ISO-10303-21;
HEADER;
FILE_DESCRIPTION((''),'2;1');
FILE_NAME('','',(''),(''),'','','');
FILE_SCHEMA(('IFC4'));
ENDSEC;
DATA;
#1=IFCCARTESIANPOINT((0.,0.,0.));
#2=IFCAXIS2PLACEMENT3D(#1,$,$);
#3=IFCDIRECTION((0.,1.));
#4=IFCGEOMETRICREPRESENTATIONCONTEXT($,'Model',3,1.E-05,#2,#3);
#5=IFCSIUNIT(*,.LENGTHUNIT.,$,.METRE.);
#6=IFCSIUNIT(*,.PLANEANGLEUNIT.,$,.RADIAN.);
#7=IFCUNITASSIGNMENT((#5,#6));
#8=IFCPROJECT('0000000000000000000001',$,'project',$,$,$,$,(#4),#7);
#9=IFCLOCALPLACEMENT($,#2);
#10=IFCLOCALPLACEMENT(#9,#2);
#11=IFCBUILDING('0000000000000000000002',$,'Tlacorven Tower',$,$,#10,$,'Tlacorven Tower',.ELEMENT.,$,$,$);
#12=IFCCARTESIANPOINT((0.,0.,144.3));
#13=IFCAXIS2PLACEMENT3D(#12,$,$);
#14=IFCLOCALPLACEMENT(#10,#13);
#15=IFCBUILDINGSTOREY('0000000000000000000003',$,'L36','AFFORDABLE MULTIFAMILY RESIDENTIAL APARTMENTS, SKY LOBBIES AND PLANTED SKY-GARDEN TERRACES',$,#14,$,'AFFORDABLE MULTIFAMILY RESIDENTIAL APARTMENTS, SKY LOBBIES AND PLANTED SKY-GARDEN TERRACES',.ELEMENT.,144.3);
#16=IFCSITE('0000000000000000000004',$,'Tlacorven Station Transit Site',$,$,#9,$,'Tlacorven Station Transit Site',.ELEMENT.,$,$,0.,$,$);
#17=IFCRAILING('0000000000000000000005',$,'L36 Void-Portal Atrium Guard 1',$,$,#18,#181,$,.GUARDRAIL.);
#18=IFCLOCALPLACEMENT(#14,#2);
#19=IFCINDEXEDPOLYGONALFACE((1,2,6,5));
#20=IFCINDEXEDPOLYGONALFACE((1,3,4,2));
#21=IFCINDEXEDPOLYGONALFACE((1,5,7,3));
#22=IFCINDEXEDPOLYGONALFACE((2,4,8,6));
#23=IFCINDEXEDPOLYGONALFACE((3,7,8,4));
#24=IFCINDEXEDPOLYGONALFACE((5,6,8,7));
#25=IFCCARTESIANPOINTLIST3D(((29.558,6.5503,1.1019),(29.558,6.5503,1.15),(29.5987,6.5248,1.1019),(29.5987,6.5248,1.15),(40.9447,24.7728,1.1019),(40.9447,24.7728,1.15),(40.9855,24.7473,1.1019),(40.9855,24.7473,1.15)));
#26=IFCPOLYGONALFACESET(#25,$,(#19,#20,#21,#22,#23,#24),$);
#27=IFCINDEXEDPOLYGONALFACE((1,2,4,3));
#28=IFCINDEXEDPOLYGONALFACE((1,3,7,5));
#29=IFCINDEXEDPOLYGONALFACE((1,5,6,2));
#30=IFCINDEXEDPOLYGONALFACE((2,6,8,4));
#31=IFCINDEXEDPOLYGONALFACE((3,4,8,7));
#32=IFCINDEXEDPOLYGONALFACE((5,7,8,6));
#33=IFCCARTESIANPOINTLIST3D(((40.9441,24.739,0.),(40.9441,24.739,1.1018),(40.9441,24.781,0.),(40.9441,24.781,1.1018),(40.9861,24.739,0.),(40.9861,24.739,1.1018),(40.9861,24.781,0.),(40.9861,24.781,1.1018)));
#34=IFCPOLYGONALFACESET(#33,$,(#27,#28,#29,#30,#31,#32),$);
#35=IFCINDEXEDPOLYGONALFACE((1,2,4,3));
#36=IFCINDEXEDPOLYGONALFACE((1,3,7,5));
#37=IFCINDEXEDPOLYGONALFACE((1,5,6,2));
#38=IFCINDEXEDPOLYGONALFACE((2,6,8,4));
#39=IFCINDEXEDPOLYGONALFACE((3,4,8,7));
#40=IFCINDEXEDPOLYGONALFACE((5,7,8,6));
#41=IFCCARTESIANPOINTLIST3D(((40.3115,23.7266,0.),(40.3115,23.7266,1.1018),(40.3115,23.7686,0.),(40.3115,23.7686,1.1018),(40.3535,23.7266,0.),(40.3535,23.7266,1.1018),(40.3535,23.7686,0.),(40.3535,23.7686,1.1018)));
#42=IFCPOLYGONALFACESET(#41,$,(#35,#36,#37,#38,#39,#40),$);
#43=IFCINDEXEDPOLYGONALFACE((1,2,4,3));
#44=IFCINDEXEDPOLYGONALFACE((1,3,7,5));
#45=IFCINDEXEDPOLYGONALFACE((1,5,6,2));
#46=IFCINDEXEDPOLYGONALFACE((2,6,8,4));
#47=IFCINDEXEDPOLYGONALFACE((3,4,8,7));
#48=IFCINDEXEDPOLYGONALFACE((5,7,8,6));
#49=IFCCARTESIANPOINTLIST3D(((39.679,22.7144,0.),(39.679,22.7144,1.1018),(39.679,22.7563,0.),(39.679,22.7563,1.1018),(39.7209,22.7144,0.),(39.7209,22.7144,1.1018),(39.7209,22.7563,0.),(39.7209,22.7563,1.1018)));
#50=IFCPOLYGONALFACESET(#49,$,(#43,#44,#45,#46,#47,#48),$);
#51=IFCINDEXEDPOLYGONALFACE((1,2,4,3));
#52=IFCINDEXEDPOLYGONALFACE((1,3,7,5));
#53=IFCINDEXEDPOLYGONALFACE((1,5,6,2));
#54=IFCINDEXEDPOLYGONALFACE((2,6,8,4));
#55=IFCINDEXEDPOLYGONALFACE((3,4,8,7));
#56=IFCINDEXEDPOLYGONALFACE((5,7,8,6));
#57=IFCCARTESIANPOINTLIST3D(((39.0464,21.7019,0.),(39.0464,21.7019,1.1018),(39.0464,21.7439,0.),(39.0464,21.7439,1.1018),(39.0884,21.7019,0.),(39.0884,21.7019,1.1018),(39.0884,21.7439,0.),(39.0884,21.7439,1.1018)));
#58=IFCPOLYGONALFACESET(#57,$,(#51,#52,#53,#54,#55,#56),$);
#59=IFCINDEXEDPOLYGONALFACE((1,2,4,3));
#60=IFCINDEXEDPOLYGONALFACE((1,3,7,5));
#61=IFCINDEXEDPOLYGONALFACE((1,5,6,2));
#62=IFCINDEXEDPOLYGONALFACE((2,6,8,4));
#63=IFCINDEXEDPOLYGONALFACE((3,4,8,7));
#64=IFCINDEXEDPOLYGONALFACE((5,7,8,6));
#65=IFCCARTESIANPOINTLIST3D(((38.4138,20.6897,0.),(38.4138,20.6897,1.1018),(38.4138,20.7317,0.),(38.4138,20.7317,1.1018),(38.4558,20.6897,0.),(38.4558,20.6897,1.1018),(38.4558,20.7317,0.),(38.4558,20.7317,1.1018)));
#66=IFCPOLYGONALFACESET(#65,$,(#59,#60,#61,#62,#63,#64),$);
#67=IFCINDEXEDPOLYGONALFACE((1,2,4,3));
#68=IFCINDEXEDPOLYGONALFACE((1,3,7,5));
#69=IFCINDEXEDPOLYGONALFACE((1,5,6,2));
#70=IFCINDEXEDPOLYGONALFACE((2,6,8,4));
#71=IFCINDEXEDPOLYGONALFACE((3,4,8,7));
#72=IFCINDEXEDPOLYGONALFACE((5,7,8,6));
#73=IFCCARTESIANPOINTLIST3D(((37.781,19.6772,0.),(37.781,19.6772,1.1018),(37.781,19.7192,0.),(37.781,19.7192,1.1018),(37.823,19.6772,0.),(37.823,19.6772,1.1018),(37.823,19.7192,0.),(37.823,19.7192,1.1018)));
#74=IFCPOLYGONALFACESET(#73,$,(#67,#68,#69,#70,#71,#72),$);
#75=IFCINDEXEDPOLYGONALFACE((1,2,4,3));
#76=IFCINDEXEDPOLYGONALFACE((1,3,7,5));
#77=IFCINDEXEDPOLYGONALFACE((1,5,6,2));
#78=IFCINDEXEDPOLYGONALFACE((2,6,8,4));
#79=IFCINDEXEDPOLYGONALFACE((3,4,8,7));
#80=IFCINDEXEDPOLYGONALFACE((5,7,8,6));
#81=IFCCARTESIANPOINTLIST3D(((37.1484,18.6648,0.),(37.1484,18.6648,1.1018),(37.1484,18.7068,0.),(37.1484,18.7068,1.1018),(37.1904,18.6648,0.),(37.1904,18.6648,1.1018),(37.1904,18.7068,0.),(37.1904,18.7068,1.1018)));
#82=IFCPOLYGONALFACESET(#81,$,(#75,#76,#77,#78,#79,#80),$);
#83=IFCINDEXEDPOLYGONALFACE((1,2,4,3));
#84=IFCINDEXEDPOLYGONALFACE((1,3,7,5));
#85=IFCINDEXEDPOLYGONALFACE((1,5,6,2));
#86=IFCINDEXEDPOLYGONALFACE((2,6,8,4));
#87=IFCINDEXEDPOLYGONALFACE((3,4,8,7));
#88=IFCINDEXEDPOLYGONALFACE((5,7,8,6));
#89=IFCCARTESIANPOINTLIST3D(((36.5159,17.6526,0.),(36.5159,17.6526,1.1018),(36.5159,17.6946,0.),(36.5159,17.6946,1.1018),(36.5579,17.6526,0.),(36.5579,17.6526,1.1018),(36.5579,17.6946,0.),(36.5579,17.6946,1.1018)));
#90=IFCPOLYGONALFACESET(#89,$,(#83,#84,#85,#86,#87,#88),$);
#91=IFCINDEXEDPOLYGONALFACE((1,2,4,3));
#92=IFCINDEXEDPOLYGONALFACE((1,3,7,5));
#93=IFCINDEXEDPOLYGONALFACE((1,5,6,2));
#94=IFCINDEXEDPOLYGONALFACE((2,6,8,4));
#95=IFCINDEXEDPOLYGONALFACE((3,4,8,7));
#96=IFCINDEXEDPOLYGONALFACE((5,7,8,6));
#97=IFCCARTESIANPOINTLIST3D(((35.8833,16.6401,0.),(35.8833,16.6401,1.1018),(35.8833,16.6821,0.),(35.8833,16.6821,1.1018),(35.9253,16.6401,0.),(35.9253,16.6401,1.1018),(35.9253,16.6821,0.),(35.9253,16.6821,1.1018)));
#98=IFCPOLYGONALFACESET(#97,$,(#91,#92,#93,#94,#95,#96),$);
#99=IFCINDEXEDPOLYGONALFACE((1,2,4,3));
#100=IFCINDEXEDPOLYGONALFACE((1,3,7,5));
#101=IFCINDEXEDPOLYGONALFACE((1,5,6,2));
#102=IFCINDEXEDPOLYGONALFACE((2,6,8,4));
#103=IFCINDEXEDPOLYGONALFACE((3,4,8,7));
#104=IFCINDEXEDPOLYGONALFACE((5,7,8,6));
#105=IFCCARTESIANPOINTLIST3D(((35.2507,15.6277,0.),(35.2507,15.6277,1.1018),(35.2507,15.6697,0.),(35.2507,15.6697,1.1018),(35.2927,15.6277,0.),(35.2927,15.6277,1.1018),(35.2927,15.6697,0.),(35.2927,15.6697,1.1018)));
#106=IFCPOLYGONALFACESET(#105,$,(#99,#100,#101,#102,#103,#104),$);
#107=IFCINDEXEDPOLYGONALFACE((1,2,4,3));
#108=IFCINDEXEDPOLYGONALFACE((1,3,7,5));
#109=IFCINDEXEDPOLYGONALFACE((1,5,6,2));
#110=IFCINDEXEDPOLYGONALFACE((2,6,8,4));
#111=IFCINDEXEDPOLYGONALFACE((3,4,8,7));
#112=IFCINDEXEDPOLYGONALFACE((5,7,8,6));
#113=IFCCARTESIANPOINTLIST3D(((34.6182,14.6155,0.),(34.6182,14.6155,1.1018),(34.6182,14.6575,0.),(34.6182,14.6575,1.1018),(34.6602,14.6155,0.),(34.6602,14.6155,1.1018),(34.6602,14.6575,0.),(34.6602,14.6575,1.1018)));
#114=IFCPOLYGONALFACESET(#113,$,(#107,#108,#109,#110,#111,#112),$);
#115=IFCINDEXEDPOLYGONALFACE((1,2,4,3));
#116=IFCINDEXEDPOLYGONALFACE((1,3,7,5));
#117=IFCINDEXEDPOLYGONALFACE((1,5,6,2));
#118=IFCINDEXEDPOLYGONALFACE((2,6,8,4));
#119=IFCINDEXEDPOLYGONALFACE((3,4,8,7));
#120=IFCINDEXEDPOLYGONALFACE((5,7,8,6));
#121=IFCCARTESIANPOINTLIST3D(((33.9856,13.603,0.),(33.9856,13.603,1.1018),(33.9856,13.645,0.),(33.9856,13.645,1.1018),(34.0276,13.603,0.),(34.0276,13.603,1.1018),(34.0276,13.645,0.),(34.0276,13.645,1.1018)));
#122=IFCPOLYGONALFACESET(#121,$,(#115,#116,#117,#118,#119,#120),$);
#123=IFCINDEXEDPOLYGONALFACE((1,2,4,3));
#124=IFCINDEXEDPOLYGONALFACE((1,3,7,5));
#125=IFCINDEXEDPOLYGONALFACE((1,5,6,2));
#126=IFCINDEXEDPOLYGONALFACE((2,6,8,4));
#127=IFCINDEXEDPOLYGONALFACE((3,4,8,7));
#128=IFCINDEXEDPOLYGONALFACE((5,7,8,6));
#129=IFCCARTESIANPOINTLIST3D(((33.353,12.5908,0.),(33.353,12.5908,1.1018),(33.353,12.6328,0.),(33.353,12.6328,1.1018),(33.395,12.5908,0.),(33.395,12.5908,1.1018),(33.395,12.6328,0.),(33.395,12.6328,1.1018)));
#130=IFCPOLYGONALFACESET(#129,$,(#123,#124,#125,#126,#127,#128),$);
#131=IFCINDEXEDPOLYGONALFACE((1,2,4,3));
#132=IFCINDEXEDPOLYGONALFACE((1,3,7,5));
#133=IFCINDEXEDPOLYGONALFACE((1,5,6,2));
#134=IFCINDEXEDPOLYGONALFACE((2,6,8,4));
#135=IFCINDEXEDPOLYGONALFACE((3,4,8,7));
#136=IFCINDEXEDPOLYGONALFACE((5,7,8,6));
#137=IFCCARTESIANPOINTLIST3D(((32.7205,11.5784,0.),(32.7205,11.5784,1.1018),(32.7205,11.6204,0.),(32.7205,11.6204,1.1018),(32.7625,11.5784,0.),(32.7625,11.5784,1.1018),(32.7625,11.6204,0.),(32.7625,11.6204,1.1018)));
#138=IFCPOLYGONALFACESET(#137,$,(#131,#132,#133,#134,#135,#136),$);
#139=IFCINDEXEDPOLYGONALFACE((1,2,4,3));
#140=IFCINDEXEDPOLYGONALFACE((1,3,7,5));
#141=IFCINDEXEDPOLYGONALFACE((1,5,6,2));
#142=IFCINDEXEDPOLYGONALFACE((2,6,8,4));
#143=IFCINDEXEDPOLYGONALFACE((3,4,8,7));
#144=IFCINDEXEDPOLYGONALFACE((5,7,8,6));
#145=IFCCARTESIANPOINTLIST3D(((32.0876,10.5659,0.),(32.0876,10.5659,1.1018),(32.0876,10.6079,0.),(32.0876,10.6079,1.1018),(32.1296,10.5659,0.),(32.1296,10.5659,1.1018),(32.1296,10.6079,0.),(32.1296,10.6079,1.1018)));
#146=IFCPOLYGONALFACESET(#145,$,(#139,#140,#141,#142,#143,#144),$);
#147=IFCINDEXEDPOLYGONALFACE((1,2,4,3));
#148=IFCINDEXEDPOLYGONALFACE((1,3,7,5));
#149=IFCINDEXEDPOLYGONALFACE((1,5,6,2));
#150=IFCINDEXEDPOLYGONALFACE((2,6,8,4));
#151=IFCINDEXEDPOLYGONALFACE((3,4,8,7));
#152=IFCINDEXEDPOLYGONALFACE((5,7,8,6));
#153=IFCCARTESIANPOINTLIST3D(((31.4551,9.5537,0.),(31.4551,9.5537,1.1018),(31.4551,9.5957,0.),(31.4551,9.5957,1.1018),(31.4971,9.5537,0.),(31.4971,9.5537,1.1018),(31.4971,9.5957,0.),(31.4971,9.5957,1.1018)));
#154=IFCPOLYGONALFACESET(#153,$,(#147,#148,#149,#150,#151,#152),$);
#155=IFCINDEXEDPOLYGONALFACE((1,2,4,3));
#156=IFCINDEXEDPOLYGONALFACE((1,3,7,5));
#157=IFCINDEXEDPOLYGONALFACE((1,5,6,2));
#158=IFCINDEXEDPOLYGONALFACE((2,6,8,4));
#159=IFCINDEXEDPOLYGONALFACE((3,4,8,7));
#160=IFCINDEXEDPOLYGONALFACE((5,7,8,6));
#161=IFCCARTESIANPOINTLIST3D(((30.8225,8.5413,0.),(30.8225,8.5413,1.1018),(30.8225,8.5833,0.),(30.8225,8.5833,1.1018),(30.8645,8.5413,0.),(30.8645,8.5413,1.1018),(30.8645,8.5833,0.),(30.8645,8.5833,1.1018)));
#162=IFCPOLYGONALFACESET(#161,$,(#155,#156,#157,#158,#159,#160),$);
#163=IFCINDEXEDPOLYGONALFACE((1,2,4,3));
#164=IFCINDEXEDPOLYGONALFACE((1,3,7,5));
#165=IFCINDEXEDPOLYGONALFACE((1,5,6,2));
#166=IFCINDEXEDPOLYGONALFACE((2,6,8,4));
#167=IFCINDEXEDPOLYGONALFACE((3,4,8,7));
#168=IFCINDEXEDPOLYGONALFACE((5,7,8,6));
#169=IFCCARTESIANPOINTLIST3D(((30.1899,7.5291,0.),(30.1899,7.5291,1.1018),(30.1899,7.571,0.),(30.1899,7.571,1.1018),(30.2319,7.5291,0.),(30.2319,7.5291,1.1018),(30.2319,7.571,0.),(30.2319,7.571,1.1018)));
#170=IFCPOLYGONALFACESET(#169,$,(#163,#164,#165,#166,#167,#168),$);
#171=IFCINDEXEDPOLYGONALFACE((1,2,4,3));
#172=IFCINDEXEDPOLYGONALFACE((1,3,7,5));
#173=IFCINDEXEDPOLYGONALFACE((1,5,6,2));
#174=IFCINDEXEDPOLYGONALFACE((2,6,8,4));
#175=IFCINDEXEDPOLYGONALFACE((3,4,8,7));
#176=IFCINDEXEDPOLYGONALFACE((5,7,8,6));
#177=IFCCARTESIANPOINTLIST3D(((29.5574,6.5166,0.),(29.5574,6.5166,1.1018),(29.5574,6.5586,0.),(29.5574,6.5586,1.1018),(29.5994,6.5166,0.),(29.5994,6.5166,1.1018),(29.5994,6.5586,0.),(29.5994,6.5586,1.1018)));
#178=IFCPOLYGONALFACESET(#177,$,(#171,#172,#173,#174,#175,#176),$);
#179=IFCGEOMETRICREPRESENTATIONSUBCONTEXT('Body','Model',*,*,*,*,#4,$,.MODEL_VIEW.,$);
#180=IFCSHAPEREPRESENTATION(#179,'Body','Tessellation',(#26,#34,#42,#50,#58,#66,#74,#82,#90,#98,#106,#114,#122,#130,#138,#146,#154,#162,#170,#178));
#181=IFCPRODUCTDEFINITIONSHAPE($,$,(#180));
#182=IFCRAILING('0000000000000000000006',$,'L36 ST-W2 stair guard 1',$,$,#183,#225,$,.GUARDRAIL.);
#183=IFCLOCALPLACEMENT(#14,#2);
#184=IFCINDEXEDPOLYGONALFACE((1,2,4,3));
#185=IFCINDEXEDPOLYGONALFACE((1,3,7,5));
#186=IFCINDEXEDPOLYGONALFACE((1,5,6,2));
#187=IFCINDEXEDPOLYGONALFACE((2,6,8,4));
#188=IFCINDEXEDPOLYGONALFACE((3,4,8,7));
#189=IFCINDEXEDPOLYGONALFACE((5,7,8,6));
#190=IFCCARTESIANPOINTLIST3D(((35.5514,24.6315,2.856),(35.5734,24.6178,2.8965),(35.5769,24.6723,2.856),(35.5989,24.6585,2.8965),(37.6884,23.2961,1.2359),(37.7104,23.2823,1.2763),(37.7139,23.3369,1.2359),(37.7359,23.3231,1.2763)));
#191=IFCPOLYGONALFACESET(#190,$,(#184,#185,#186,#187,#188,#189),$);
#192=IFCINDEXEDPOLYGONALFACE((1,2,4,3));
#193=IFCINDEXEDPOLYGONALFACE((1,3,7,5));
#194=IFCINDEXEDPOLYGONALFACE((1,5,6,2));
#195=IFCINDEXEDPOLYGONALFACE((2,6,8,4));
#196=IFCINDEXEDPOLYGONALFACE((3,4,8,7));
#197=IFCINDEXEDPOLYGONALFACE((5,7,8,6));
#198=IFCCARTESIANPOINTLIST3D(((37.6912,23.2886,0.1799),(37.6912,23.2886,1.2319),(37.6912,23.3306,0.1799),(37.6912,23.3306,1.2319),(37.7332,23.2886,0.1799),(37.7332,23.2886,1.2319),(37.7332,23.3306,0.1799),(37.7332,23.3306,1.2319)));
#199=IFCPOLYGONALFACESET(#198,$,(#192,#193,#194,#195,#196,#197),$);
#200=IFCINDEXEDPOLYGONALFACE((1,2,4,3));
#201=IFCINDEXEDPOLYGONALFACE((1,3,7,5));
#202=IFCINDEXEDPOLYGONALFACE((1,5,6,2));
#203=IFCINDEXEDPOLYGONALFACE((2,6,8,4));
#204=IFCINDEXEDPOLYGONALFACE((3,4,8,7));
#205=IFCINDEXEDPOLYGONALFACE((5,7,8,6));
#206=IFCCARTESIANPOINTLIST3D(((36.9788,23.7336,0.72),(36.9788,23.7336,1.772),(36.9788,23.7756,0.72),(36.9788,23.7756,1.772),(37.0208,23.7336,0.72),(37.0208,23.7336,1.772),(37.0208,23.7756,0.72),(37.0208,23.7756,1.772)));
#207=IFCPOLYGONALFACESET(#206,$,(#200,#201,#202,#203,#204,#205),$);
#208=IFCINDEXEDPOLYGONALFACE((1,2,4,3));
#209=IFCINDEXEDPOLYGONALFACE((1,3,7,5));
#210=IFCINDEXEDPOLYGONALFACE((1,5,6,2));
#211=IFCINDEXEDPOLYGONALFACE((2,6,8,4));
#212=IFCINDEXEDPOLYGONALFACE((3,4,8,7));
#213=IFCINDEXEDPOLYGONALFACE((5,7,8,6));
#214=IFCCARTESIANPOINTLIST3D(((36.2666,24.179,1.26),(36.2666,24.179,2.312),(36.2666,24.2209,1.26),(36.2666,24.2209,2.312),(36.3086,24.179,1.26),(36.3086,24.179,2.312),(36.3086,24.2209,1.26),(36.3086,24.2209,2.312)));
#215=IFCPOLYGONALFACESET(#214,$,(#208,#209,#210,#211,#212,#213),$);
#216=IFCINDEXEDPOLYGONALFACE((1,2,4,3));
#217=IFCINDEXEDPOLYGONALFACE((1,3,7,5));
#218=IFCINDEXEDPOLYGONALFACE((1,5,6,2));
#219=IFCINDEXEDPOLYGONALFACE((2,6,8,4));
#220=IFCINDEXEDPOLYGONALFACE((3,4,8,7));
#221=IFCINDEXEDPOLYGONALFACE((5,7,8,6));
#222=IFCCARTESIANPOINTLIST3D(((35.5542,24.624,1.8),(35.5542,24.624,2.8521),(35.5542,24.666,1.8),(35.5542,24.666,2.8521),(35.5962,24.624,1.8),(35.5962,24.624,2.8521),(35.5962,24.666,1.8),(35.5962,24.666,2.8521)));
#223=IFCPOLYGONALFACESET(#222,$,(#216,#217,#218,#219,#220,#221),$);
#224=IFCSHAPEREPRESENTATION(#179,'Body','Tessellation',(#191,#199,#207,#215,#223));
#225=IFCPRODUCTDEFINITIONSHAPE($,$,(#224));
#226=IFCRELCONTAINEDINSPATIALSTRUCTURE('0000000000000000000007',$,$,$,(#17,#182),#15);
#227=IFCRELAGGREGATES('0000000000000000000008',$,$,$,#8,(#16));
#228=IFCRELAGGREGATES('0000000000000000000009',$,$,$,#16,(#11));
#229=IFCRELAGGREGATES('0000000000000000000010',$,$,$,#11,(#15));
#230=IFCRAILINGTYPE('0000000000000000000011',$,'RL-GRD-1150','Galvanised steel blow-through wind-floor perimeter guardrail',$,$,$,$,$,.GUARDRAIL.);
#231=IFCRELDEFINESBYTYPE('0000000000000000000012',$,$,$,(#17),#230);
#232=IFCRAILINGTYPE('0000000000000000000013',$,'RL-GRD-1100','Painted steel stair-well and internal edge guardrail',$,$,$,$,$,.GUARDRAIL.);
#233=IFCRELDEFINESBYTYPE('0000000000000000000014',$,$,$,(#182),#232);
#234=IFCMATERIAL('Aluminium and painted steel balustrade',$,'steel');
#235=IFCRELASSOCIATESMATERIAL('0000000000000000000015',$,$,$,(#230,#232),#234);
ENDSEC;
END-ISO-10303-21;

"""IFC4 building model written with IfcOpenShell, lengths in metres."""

from ifc_helpers import new_model, si_unit, direction, frame, origin, origin_2d, place, context, subcontext, project, spatial, rectangle, extrude, source, transform, mapped, material, type_object, element, save


model = new_model("IFC4")

# Units and contexts
model_context = context("Model", 3, precision=1e-05, world=origin(), true_north=direction((0.0, 1.0)))
body_context = subcontext(model_context, "Body", "Model", "MODEL_VIEW")
ifc_project = project(units=[si_unit("LENGTHUNIT", "METRE"), si_unit("PLANEANGLEUNIT", "RADIAN")], contexts=[model_context])

# Site, building, storey
site_placement = place(None, origin())
site = spatial("IfcSite", under=ifc_project, at=site_placement, Name="Tlacorven Station Transit Site", LongName="Tlacorven Station Transit Site", CompositionType="ELEMENT", RefElevation=0.0)
building_placement = place(site_placement, origin())
building = spatial("IfcBuilding", under=site, at=building_placement, Name="Tlacorven Tower", LongName="Tlacorven Tower", CompositionType="ELEMENT")
storey_placement = place(building_placement, frame((0.0, 0.0, 144.3)))
storey = spatial("IfcBuildingStorey", under=building, at=storey_placement, Name="L36", Description="AFFORDABLE MULTIFAMILY RESIDENTIAL APARTMENTS, SKY LOBBIES AND PLANTED SKY-GARDEN TERRACES", LongName="AFFORDABLE MULTIFAMILY RESIDENTIAL APARTMENTS, SKY LOBBIES AND PLANTED SKY-GARDEN TERRACES", CompositionType="ELEMENT", Elevation=144.3)

# Railings
ifc_material_1 = material(Name="Aluminium and painted steel balustrade", Category="steel")
railing_type_1 = type_object("IfcRailingType", Name="RL-GRD-1150", Description="Galvanised steel blow-through wind-floor perimeter guardrail", PredefinedType="GUARDRAIL", material=ifc_material_1)
shared_shape_1 = source(origin(), body_context, "Body", "SweptSolid", [
    extrude(rectangle(XDim=0.0481, YDim=0.0481, at=origin_2d()), frame((0.0, 0.0, 1.126), z_axis=(-0.529922, -0.848046, 0.0), x_axis=(0.848046, -0.529922, 0.0)), (0.0, 0.0, 1.0), 21.4875),
    extrude(rectangle(XDim=0.042, YDim=0.042, at=origin_2d()), origin(), (0.0, 0.0, 1.0), 1.1018),
    extrude(rectangle(XDim=0.042, YDim=0.042, at=origin_2d()), frame((-0.6326, -1.0125, 0.0)), (0.0, 0.0, 1.0), 1.1018),
    extrude(rectangle(XDim=0.042, YDim=0.042, at=origin_2d()), frame((-1.2651, -2.0247, 0.0)), (0.0, 0.0, 1.0), 1.1018),
    extrude(rectangle(XDim=0.042, YDim=0.042, at=origin_2d()), frame((-1.8977, -3.0371, 0.0)), (0.0, 0.0, 1.0), 1.1018),
    extrude(rectangle(XDim=0.042, YDim=0.042, at=origin_2d()), frame((-2.5303, -4.0493, 0.0)), (0.0, 0.0, 1.0), 1.1018),
    extrude(rectangle(XDim=0.042, YDim=0.042, at=origin_2d()), frame((-3.1631, -5.0618, 0.0)), (0.0, 0.0, 1.0), 1.1018),
    extrude(rectangle(XDim=0.042, YDim=0.042, at=origin_2d()), frame((-3.7957, -6.0742, 0.0)), (0.0, 0.0, 1.0), 1.1018),
    extrude(rectangle(XDim=0.042, YDim=0.042, at=origin_2d()), frame((-4.4282, -7.0864, 0.0)), (0.0, 0.0, 1.0), 1.1018),
    extrude(rectangle(XDim=0.042, YDim=0.042, at=origin_2d()), frame((-5.0608, -8.0989, 0.0)), (0.0, 0.0, 1.0), 1.1018),
    extrude(rectangle(XDim=0.042, YDim=0.042, at=origin_2d()), frame((-5.6934, -9.1113, 0.0)), (0.0, 0.0, 1.0), 1.1018),
    extrude(rectangle(XDim=0.042, YDim=0.042, at=origin_2d()), frame((-6.3259, -10.1235, 0.0)), (0.0, 0.0, 1.0), 1.1018),
    extrude(rectangle(XDim=0.042, YDim=0.042, at=origin_2d()), frame((-6.9585, -11.136, 0.0)), (0.0, 0.0, 1.0), 1.1018),
    extrude(rectangle(XDim=0.042, YDim=0.042, at=origin_2d()), frame((-7.5911, -12.1482, 0.0)), (0.0, 0.0, 1.0), 1.1018),
    extrude(rectangle(XDim=0.042, YDim=0.042, at=origin_2d()), frame((-8.2236, -13.1606, 0.0)), (0.0, 0.0, 1.0), 1.1018),
    extrude(rectangle(XDim=0.042, YDim=0.042, at=origin_2d()), frame((-8.8564, -14.1731, 0.0)), (0.0, 0.0, 1.0), 1.1018),
    extrude(rectangle(XDim=0.042, YDim=0.042, at=origin_2d()), frame((-9.489, -15.1853, 0.0)), (0.0, 0.0, 1.0), 1.1018),
    extrude(rectangle(XDim=0.042, YDim=0.042, at=origin_2d()), frame((-10.1216, -16.1978, 0.0)), (0.0, 0.0, 1.0), 1.1018),
    extrude(rectangle(XDim=0.042, YDim=0.042, at=origin_2d()), frame((-10.7542, -17.21, 0.0)), (0.0, 0.0, 1.0), 1.1018),
    extrude(rectangle(XDim=0.042, YDim=0.042, at=origin_2d()), frame((-11.3867, -18.2224, 0.0)), (0.0, 0.0, 1.0), 1.1018),
])
railing_1_placement = place(storey_placement, frame((40.9651, 24.76, 0.0)))
element("IfcRailing", 1, at=railing_1_placement, inside=storey, type_object=railing_type_1, Name="L36 Void-Portal Atrium Guard 1", PredefinedType="GUARDRAIL", context=body_context, shape_type="MappedRepresentation", body=[
    mapped(shared_shape_1, transform((0.0, 0.0, 0.0), scale=1.0)),
])
railing_type_2 = type_object("IfcRailingType", Name="RL-GRD-1100", Description="Painted steel stair-well and internal edge guardrail", PredefinedType="GUARDRAIL", material=ifc_material_1)
shared_shape_2 = source(origin(), body_context, "Body", "SweptSolid", [
    extrude(rectangle(XDim=0.0481, YDim=0.0481, at=origin_2d()), frame((0.0, 0.0, 1.0762), z_axis=(-0.71332, 0.445774, 0.540796), x_axis=(-0.529955, -0.848026, 0.0)), (0.0, 0.0, 1.0), 2.9958),
    extrude(rectangle(XDim=0.042, YDim=0.042, at=origin_2d()), origin(), (0.0, 0.0, 1.0), 1.052),
    extrude(rectangle(XDim=0.042, YDim=0.042, at=origin_2d()), frame((-0.7124, 0.4451, 0.54)), (0.0, 0.0, 1.0), 1.052),
    extrude(rectangle(XDim=0.042, YDim=0.042, at=origin_2d()), frame((-1.4246, 0.8904, 1.0801)), (0.0, 0.0, 1.0), 1.052),
    extrude(rectangle(XDim=0.042, YDim=0.042, at=origin_2d()), frame((-2.137, 1.3354, 1.6201)), (0.0, 0.0, 1.0), 1.052),
])
railing_2_placement = place(storey_placement, frame((37.7122, 23.3096, 0.1799)))
element("IfcRailing", 2, at=railing_2_placement, inside=storey, type_object=railing_type_2, Name="L36 ST-W2 stair guard 1", PredefinedType="GUARDRAIL", context=body_context, shape_type="MappedRepresentation", body=[
    mapped(shared_shape_2, transform((0.0, 0.0, 0.0), scale=1.0)),
])

save(model, "model.ifc")
